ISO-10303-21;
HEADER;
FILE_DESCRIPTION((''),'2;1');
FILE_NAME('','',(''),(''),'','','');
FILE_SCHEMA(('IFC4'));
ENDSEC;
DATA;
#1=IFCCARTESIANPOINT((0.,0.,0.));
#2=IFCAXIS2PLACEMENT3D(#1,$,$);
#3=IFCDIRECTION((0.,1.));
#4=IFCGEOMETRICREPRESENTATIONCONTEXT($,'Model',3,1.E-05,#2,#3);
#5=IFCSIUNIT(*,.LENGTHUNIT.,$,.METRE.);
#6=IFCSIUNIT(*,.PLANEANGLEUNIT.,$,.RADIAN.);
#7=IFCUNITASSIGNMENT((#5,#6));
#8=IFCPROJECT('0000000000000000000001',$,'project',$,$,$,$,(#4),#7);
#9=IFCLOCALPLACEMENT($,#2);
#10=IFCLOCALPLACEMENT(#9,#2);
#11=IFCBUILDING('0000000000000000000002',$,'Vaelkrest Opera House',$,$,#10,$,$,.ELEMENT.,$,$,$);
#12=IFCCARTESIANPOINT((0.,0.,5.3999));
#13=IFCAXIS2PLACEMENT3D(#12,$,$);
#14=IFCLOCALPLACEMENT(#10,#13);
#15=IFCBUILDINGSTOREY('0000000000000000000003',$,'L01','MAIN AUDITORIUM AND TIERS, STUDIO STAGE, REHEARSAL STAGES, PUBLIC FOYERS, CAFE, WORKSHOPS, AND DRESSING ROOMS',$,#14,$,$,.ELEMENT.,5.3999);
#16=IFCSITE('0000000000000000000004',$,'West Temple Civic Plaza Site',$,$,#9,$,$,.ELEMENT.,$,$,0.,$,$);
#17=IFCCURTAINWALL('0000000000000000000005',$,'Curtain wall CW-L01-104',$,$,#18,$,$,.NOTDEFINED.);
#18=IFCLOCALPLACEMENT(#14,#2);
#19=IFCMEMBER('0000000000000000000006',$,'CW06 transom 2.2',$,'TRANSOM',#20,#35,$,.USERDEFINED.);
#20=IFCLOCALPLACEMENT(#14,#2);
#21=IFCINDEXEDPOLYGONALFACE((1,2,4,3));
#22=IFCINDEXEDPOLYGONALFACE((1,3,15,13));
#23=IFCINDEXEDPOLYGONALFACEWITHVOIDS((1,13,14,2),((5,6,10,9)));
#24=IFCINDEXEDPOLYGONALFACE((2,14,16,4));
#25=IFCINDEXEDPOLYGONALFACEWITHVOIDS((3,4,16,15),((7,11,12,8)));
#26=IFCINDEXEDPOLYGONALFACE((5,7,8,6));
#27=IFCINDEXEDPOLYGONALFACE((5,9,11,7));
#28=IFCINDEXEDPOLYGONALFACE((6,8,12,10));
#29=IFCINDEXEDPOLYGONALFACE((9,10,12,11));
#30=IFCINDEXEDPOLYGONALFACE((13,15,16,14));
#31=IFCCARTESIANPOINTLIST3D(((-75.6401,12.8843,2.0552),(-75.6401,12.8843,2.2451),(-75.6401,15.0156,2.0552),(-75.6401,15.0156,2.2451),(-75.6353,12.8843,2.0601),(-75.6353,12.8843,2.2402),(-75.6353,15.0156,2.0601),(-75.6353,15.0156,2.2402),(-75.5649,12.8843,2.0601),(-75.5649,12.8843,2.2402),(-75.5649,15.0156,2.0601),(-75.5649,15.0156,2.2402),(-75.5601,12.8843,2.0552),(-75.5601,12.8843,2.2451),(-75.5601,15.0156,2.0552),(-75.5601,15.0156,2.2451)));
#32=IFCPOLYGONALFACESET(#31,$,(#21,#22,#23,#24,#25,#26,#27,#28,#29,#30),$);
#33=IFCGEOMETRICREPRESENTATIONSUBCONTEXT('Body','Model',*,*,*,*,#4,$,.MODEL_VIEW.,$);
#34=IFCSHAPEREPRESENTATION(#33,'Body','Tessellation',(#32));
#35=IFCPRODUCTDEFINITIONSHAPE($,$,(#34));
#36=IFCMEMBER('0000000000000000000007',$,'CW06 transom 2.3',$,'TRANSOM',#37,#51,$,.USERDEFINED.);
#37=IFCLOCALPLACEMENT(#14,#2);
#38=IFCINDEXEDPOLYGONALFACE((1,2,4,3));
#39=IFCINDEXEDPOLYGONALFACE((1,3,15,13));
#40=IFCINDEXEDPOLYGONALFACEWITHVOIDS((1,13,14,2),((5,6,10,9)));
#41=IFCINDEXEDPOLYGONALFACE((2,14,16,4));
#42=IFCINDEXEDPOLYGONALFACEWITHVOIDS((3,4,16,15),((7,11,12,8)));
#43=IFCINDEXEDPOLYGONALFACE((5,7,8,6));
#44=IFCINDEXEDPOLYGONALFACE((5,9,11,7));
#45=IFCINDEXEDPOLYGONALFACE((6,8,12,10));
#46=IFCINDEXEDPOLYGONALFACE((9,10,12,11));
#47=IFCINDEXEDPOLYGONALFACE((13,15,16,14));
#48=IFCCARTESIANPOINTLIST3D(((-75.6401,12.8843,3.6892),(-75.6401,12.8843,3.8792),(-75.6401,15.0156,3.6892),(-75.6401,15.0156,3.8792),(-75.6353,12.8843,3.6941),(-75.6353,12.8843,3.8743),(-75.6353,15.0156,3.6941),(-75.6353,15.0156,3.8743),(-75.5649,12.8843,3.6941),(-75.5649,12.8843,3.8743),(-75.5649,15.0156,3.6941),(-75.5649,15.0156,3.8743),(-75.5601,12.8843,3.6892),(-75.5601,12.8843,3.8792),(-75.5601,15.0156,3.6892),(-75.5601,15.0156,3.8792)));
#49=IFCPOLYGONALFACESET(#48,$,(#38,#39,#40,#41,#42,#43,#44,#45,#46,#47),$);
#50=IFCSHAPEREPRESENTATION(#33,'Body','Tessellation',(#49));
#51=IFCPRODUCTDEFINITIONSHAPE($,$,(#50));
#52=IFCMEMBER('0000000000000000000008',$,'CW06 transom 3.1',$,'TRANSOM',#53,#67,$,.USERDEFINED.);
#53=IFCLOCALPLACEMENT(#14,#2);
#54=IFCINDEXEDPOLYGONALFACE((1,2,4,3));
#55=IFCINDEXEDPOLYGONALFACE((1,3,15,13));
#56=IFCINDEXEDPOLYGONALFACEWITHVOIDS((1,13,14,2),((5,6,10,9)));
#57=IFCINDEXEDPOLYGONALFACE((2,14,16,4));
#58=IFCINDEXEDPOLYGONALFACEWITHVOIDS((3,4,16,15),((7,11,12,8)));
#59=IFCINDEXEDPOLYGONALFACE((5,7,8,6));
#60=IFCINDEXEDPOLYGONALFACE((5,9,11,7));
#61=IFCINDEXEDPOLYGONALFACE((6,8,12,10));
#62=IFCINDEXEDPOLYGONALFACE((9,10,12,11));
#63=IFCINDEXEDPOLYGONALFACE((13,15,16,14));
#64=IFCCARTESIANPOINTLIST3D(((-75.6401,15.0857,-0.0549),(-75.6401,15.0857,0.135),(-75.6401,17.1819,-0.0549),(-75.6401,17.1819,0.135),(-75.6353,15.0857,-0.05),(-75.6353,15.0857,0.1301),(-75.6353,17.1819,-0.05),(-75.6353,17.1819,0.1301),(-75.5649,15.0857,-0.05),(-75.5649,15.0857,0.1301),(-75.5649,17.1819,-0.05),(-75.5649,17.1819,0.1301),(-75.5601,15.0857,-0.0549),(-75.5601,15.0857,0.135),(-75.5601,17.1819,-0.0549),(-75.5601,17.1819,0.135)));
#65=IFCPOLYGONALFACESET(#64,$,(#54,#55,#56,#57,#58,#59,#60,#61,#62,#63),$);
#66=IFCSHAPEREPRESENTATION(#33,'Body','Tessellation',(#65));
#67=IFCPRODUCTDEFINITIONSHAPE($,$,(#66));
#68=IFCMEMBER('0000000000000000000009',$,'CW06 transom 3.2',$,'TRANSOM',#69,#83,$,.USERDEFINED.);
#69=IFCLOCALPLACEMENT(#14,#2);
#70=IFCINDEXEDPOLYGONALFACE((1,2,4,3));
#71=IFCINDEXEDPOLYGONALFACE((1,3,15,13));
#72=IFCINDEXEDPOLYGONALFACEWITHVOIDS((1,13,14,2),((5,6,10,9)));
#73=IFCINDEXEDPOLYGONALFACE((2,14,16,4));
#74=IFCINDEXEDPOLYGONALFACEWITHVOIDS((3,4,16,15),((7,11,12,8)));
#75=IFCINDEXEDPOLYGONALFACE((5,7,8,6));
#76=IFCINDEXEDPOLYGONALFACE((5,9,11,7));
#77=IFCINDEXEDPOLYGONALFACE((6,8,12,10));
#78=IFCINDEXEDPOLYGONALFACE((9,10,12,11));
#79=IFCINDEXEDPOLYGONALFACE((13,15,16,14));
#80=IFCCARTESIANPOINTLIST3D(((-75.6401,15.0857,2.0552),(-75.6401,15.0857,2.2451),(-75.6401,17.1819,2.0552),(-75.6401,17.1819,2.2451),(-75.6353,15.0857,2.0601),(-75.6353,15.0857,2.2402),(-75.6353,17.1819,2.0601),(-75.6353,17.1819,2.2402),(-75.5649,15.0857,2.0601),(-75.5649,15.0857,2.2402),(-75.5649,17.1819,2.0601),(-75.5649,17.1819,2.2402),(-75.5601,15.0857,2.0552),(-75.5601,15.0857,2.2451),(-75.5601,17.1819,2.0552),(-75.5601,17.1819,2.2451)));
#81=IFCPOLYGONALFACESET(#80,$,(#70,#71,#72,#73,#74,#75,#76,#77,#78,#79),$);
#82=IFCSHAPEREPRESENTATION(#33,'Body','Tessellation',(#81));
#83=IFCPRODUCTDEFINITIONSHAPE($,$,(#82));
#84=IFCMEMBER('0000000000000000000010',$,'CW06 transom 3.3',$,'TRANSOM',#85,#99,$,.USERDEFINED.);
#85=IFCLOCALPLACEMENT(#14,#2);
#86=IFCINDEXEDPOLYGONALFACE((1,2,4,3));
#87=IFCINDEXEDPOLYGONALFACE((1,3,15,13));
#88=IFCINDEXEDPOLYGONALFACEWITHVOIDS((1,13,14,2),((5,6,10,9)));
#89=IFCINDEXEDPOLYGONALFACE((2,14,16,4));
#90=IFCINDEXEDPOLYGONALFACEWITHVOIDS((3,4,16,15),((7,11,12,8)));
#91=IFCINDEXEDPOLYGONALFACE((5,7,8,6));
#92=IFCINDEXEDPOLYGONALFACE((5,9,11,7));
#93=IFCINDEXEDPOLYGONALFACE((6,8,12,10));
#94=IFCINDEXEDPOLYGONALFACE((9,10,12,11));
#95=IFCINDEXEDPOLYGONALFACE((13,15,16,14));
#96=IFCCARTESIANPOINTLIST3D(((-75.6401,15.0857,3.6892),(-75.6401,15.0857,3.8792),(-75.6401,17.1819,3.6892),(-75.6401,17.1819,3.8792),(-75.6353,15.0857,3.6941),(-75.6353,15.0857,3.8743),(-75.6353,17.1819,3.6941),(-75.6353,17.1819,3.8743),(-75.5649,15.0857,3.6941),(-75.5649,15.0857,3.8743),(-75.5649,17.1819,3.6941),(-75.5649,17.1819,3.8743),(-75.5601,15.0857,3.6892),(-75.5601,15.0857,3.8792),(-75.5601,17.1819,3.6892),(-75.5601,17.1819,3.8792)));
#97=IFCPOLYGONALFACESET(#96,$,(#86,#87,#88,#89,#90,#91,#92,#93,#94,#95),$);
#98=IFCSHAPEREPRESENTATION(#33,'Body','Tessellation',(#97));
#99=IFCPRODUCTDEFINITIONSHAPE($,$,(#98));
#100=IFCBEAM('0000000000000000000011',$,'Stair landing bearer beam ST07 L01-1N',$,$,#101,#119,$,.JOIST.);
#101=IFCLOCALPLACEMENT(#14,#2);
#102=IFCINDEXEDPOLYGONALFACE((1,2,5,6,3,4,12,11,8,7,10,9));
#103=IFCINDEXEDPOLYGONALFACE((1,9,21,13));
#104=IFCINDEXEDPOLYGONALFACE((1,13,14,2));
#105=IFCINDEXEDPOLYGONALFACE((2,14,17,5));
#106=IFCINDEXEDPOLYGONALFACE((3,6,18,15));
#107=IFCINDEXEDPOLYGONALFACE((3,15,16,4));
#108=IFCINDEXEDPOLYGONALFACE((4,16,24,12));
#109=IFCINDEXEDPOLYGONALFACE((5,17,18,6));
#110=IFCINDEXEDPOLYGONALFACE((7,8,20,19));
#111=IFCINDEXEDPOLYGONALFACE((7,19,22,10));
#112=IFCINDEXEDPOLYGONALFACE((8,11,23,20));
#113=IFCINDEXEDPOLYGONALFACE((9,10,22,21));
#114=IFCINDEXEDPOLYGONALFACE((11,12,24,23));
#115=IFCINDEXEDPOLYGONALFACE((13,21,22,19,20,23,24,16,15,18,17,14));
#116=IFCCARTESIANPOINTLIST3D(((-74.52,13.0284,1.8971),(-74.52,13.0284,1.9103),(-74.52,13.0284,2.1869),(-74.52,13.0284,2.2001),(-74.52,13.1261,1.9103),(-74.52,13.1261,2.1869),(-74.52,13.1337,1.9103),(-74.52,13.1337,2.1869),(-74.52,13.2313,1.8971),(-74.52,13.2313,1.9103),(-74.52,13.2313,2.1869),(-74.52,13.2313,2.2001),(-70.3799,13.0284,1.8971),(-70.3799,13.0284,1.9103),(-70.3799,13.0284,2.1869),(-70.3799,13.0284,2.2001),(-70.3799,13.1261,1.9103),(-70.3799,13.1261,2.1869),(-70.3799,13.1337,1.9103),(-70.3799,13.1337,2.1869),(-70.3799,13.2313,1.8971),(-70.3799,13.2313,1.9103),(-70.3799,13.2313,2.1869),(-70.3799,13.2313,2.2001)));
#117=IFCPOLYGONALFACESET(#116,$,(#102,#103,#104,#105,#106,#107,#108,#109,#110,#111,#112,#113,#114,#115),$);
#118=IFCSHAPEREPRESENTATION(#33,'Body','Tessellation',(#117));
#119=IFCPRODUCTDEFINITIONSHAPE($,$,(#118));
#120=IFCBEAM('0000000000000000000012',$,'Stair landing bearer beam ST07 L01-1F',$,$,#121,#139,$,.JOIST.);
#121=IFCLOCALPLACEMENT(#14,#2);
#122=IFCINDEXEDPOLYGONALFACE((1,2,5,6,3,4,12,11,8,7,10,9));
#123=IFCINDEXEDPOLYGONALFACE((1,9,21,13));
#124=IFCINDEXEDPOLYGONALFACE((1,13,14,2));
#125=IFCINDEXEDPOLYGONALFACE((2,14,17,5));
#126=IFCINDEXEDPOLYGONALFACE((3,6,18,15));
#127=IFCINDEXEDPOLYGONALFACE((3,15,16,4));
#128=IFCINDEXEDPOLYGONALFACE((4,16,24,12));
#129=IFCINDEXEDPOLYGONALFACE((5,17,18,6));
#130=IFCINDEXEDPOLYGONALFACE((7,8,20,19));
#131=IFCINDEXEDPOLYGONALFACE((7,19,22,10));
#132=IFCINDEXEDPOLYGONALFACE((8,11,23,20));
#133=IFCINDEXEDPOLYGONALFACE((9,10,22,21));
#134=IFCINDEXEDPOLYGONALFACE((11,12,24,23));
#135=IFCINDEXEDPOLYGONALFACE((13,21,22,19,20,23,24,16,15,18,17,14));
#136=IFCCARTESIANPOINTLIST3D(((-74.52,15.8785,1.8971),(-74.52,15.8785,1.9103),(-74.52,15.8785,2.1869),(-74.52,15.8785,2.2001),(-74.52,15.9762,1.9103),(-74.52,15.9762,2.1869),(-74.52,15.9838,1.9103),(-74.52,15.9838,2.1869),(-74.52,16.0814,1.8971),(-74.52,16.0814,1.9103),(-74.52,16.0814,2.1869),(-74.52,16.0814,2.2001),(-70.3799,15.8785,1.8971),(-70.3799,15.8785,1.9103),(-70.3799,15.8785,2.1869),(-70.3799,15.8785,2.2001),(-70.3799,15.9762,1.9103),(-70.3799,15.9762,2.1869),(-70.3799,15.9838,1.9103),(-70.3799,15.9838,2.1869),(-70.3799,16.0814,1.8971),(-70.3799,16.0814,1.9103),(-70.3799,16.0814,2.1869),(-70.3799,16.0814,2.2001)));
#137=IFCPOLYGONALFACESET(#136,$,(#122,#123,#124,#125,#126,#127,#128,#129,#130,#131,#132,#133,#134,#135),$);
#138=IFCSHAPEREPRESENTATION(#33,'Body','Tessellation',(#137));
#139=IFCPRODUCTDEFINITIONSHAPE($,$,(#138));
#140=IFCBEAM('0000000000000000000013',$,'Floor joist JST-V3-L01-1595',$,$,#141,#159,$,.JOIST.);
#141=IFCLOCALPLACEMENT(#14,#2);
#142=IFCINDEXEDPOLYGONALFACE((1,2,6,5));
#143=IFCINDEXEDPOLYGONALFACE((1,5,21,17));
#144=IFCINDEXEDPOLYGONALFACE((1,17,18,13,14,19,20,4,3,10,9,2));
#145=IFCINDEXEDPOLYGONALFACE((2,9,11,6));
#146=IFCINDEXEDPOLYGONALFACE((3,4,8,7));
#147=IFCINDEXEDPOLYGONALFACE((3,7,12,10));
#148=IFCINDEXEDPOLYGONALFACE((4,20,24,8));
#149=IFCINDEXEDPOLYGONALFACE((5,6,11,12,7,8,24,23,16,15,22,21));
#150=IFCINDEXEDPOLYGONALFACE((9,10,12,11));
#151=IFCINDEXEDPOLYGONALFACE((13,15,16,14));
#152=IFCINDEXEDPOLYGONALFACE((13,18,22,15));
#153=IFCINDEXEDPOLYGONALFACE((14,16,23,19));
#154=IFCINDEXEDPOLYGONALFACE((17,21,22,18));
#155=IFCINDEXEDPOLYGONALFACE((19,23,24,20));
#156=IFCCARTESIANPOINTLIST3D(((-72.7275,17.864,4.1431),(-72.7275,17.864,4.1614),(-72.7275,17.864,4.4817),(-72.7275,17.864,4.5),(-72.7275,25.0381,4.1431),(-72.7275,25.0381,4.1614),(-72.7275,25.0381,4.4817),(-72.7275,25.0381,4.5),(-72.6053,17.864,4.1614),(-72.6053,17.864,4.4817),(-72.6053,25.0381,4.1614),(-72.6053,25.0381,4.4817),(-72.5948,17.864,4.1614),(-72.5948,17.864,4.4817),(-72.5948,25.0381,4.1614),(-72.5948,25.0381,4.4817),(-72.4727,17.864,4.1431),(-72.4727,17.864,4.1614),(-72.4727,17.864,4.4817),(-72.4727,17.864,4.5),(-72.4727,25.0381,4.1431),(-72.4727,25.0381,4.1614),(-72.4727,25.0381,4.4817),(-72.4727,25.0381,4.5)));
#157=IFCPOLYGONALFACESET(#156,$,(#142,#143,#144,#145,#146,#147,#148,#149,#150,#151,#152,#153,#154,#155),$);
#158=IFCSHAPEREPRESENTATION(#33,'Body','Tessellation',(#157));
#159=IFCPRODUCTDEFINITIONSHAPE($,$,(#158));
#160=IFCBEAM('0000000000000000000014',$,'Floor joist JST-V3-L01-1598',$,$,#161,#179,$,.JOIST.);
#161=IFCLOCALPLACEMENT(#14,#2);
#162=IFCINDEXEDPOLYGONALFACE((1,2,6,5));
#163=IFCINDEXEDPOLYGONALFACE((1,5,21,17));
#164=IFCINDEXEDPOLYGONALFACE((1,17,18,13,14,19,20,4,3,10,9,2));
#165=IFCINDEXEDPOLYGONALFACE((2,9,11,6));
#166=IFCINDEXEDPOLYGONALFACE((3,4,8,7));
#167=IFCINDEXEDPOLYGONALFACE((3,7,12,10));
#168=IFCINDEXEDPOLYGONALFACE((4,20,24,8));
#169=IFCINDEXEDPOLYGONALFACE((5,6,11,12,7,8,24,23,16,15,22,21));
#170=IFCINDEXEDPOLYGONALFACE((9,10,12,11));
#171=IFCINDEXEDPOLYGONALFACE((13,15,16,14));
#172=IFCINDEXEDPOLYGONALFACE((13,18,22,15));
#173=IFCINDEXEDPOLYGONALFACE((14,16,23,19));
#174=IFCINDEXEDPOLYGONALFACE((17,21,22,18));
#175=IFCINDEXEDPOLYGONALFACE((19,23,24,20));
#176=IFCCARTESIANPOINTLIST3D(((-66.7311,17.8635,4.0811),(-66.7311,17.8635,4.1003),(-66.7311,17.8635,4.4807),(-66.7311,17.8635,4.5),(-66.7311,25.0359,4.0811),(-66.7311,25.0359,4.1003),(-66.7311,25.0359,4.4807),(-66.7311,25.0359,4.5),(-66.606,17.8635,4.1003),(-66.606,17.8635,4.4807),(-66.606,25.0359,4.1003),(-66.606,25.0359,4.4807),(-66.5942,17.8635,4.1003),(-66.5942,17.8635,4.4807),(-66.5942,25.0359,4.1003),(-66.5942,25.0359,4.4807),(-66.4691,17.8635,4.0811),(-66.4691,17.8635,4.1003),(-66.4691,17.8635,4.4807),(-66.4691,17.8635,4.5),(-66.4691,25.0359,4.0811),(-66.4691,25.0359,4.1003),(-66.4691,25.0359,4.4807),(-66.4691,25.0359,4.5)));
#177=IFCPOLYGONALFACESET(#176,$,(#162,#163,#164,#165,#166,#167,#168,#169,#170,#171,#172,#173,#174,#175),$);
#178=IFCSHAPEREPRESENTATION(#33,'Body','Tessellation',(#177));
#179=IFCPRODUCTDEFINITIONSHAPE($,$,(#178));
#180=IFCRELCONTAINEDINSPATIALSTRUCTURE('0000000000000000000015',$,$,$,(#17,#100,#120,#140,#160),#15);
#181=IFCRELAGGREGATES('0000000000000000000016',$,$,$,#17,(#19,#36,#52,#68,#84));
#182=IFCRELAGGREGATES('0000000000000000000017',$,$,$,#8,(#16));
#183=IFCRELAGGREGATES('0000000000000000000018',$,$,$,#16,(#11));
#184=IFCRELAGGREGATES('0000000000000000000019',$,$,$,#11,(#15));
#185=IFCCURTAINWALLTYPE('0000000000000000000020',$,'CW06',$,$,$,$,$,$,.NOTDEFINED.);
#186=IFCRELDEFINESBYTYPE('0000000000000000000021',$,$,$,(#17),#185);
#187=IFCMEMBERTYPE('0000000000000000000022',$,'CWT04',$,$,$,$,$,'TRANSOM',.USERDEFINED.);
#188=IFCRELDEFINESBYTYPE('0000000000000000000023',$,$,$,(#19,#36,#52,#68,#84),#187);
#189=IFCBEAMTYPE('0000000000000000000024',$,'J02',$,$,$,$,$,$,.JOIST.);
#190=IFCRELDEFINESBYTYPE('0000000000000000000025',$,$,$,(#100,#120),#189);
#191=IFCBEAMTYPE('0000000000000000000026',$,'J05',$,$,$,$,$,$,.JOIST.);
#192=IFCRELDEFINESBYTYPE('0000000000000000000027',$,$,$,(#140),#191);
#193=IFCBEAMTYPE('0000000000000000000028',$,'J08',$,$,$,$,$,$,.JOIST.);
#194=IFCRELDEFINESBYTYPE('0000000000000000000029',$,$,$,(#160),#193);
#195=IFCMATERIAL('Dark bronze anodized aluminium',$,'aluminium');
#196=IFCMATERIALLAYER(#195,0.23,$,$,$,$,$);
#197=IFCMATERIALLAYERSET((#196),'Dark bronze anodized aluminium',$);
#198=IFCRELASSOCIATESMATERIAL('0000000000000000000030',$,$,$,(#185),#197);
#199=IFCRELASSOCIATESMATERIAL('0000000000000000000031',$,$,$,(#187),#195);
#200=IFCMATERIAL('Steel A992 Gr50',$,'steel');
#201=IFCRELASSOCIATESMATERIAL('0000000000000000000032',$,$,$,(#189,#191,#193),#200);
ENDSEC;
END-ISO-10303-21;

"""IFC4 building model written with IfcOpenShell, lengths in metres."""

from ifc_helpers import new_model, si_unit, direction, frame, origin, origin_2d, place, context, subcontext, project, spatial, hollow_rectangle, i_section, extrude, material, layer, layer_set, material_profile, profile_set, type_object, element, aggregate, save


model = new_model("IFC4")

# Units and contexts
model_context = context("Model", 3, precision=1e-05, world=origin(), true_north=direction((0.0, 1.0)))
body_context = subcontext(model_context, "Body", "Model", "MODEL_VIEW")
ifc_project = project(units=[si_unit("LENGTHUNIT", "METRE"), si_unit("PLANEANGLEUNIT", "RADIAN")], contexts=[model_context])

# Site, building, storey
site_placement = place(None, origin())
site = spatial("IfcSite", under=ifc_project, at=site_placement, Name="West Temple Civic Plaza Site", CompositionType="ELEMENT", RefElevation=0.0)
building_placement = place(site_placement, origin())
building = spatial("IfcBuilding", under=site, at=building_placement, Name="Vaelkrest Opera House", CompositionType="ELEMENT")
storey_placement = place(building_placement, frame((0.0, 0.0, 5.3999)))
storey = spatial("IfcBuildingStorey", under=building, at=storey_placement, Name="L01", Description="MAIN AUDITORIUM AND TIERS, STUDIO STAGE, REHEARSAL STAGES, PUBLIC FOYERS, CAFE, WORKSHOPS, AND DRESSING ROOMS", CompositionType="ELEMENT", Elevation=5.3999)

# Shared definitions
ifc_material_1 = material(Name="Steel A992 Gr50", Category="steel")

# Curtain wall, members
ifc_material_2 = material(Name="Dark bronze anodized aluminium", Category="aluminium")
ifc_layer_1 = layer(ifc_material_2, 0.23)
ifc_layer_set_1 = layer_set([ifc_layer_1], Name="Dark bronze anodized aluminium")
curtain_wall_type = type_object("IfcCurtainWallType", Name="CW06", PredefinedType="NOTDEFINED", material=ifc_layer_set_1)
curtain_wall_placement = place(storey_placement, origin())
curtain_wall = element("IfcCurtainWall", 1, at=curtain_wall_placement, inside=storey, type_object=curtain_wall_type, Name="Curtain wall CW-L01-104", PredefinedType="NOTDEFINED")
ifc_material_profile_1 = material_profile(ifc_material_2, hollow_rectangle(XDim=0.0801, YDim=0.1899, WallThickness=0.0049, at=origin_2d()), Name="CWT80X190")
ifc_profile_set_1 = profile_set([ifc_material_profile_1], Name="Dark bronze anodized aluminium")
member_type_1 = type_object("IfcMemberType", Name="CWT04", ElementType="TRANSOM", PredefinedType="USERDEFINED", material=ifc_profile_set_1)
member_1_placement = place(storey_placement, frame((-75.6001, 12.8843, 2.1501), z_axis=(0.0, 1.0, 0.0), x_axis=(-1.0, 0.0, 0.0)))
member_1 = element("IfcMember", 2, at=member_1_placement, type_object=member_type_1, Name="CW06 transom 2.2", ObjectType="TRANSOM", PredefinedType="USERDEFINED", context=body_context, shape_type="SweptSolid", body=[
    extrude(hollow_rectangle(XDim=0.0801, YDim=0.1899, WallThickness=0.0049, at=origin_2d()), origin(), (0.0, 0.0, 1.0), 2.1313),
])
member_2_placement = place(storey_placement, frame((-75.6001, 12.8843, 3.7842), z_axis=(0.0, 1.0, 0.0), x_axis=(-1.0, 0.0, 0.0)))
member_2 = element("IfcMember", 3, at=member_2_placement, type_object=member_type_1, Name="CW06 transom 2.3", ObjectType="TRANSOM", PredefinedType="USERDEFINED", context=body_context, shape_type="SweptSolid", body=[
    extrude(hollow_rectangle(XDim=0.0801, YDim=0.1899, WallThickness=0.0049, at=origin_2d()), origin(), (0.0, 0.0, 1.0), 2.1313),
])
member_3_placement = place(storey_placement, frame((-75.6001, 15.0857, 0.04), z_axis=(0.0, 1.0, 0.0), x_axis=(-1.0, 0.0, 0.0)))
member_3 = element("IfcMember", 4, at=member_3_placement, type_object=member_type_1, Name="CW06 transom 3.1", ObjectType="TRANSOM", PredefinedType="USERDEFINED", context=body_context, shape_type="SweptSolid", body=[
    extrude(hollow_rectangle(XDim=0.0801, YDim=0.1899, WallThickness=0.0049, at=origin_2d()), origin(), (0.0, 0.0, 1.0), 2.0962),
])
member_4_placement = place(storey_placement, frame((-75.6001, 15.0857, 2.1501), z_axis=(0.0, 1.0, 0.0), x_axis=(-1.0, 0.0, 0.0)))
member_4 = element("IfcMember", 5, at=member_4_placement, type_object=member_type_1, Name="CW06 transom 3.2", ObjectType="TRANSOM", PredefinedType="USERDEFINED", context=body_context, shape_type="SweptSolid", body=[
    extrude(hollow_rectangle(XDim=0.0801, YDim=0.1899, WallThickness=0.0049, at=origin_2d()), origin(), (0.0, 0.0, 1.0), 2.0962),
])
member_5_placement = place(storey_placement, frame((-75.6001, 15.0857, 3.7842), z_axis=(0.0, 1.0, 0.0), x_axis=(-1.0, 0.0, 0.0)))
member_5 = element("IfcMember", 6, at=member_5_placement, type_object=member_type_1, Name="CW06 transom 3.3", ObjectType="TRANSOM", PredefinedType="USERDEFINED", context=body_context, shape_type="SweptSolid", body=[
    extrude(hollow_rectangle(XDim=0.0801, YDim=0.1899, WallThickness=0.0049, at=origin_2d()), origin(), (0.0, 0.0, 1.0), 2.0962),
])

# Beams
ifc_material_profile_2 = material_profile(ifc_material_1, i_section(OverallWidth=0.2029, OverallDepth=0.303, WebThickness=0.0076, FlangeThickness=0.0132, at=origin_2d()), Name="W12X40")
ifc_profile_set_2 = profile_set([ifc_material_profile_2], Name="Steel A992 Gr50")
beam_type_1 = type_object("IfcBeamType", Name="J02", PredefinedType="JOIST", material=ifc_profile_set_2)
for number, where, z_axis, x_axis, name in (
    (7, (-74.52, 13.1299, 2.0486), (1.0, 0.0, 0.0), (0.0, 1.0, 0.0), "Stair landing bearer beam ST07 L01-1N"),
    (8, (-74.52, 15.98, 2.0486), (1.0, 0.0, 0.0), (0.0, 1.0, 0.0), "Stair landing bearer beam ST07 L01-1F"),
):
    element("IfcBeam", number, at=place(storey_placement, frame(where, z_axis=z_axis, x_axis=x_axis)), inside=storey, type_object=beam_type_1, Name=name, PredefinedType="JOIST", context=body_context, shape_type="SweptSolid", body=[
        extrude(i_section(OverallWidth=0.2029, OverallDepth=0.303, WebThickness=0.0076, FlangeThickness=0.0132, at=origin_2d()), origin(), (0.0, 0.0, 1.0), 4.1401),
    ])
ifc_material_profile_3 = material_profile(ifc_material_1, i_section(OverallWidth=0.2549, OverallDepth=0.3569, WebThickness=0.0105, FlangeThickness=0.0183, at=origin_2d()), Name="W14X68")
ifc_profile_set_3 = profile_set([ifc_material_profile_3], Name="Steel A992 Gr50")
beam_type_2 = type_object("IfcBeamType", Name="J05", PredefinedType="JOIST", material=ifc_profile_set_3)
beam_1_placement = place(storey_placement, frame((-72.6001, 17.864, 4.3215), z_axis=(0.0, 1.0, 0.0), x_axis=(-1.0, 0.0, 0.0)))
element("IfcBeam", 9, at=beam_1_placement, inside=storey, type_object=beam_type_2, Name="Floor joist JST-V3-L01-1595", PredefinedType="JOIST", context=body_context, shape_type="SweptSolid", body=[
    extrude(i_section(OverallWidth=0.2549, OverallDepth=0.3569, WebThickness=0.0105, FlangeThickness=0.0183, at=origin_2d()), origin(), (0.0, 0.0, 1.0), 7.1741),
])
ifc_material_profile_4 = material_profile(ifc_material_1, i_section(OverallWidth=0.262, OverallDepth=0.4189, WebThickness=0.0117, FlangeThickness=0.0193, at=origin_2d()), Name="W16X77")
ifc_profile_set_4 = profile_set([ifc_material_profile_4], Name="Steel A992 Gr50")
beam_type_3 = type_object("IfcBeamType", Name="J08", PredefinedType="JOIST", material=ifc_profile_set_4)
beam_2_placement = place(storey_placement, frame((-66.6001, 17.8635, 4.2905), z_axis=(0.0, 1.0, 0.0), x_axis=(-1.0, 0.0, 0.0)))
element("IfcBeam", 10, at=beam_2_placement, inside=storey, type_object=beam_type_3, Name="Floor joist JST-V3-L01-1598", PredefinedType="JOIST", context=body_context, shape_type="SweptSolid", body=[
    extrude(i_section(OverallWidth=0.262, OverallDepth=0.4189, WebThickness=0.0117, FlangeThickness=0.0193, at=origin_2d()), origin(), (0.0, 0.0, 1.0), 7.1724),
])

aggregate(curtain_wall, [member_1, member_2, member_3, member_4, member_5])

save(model, "model.ifc")
